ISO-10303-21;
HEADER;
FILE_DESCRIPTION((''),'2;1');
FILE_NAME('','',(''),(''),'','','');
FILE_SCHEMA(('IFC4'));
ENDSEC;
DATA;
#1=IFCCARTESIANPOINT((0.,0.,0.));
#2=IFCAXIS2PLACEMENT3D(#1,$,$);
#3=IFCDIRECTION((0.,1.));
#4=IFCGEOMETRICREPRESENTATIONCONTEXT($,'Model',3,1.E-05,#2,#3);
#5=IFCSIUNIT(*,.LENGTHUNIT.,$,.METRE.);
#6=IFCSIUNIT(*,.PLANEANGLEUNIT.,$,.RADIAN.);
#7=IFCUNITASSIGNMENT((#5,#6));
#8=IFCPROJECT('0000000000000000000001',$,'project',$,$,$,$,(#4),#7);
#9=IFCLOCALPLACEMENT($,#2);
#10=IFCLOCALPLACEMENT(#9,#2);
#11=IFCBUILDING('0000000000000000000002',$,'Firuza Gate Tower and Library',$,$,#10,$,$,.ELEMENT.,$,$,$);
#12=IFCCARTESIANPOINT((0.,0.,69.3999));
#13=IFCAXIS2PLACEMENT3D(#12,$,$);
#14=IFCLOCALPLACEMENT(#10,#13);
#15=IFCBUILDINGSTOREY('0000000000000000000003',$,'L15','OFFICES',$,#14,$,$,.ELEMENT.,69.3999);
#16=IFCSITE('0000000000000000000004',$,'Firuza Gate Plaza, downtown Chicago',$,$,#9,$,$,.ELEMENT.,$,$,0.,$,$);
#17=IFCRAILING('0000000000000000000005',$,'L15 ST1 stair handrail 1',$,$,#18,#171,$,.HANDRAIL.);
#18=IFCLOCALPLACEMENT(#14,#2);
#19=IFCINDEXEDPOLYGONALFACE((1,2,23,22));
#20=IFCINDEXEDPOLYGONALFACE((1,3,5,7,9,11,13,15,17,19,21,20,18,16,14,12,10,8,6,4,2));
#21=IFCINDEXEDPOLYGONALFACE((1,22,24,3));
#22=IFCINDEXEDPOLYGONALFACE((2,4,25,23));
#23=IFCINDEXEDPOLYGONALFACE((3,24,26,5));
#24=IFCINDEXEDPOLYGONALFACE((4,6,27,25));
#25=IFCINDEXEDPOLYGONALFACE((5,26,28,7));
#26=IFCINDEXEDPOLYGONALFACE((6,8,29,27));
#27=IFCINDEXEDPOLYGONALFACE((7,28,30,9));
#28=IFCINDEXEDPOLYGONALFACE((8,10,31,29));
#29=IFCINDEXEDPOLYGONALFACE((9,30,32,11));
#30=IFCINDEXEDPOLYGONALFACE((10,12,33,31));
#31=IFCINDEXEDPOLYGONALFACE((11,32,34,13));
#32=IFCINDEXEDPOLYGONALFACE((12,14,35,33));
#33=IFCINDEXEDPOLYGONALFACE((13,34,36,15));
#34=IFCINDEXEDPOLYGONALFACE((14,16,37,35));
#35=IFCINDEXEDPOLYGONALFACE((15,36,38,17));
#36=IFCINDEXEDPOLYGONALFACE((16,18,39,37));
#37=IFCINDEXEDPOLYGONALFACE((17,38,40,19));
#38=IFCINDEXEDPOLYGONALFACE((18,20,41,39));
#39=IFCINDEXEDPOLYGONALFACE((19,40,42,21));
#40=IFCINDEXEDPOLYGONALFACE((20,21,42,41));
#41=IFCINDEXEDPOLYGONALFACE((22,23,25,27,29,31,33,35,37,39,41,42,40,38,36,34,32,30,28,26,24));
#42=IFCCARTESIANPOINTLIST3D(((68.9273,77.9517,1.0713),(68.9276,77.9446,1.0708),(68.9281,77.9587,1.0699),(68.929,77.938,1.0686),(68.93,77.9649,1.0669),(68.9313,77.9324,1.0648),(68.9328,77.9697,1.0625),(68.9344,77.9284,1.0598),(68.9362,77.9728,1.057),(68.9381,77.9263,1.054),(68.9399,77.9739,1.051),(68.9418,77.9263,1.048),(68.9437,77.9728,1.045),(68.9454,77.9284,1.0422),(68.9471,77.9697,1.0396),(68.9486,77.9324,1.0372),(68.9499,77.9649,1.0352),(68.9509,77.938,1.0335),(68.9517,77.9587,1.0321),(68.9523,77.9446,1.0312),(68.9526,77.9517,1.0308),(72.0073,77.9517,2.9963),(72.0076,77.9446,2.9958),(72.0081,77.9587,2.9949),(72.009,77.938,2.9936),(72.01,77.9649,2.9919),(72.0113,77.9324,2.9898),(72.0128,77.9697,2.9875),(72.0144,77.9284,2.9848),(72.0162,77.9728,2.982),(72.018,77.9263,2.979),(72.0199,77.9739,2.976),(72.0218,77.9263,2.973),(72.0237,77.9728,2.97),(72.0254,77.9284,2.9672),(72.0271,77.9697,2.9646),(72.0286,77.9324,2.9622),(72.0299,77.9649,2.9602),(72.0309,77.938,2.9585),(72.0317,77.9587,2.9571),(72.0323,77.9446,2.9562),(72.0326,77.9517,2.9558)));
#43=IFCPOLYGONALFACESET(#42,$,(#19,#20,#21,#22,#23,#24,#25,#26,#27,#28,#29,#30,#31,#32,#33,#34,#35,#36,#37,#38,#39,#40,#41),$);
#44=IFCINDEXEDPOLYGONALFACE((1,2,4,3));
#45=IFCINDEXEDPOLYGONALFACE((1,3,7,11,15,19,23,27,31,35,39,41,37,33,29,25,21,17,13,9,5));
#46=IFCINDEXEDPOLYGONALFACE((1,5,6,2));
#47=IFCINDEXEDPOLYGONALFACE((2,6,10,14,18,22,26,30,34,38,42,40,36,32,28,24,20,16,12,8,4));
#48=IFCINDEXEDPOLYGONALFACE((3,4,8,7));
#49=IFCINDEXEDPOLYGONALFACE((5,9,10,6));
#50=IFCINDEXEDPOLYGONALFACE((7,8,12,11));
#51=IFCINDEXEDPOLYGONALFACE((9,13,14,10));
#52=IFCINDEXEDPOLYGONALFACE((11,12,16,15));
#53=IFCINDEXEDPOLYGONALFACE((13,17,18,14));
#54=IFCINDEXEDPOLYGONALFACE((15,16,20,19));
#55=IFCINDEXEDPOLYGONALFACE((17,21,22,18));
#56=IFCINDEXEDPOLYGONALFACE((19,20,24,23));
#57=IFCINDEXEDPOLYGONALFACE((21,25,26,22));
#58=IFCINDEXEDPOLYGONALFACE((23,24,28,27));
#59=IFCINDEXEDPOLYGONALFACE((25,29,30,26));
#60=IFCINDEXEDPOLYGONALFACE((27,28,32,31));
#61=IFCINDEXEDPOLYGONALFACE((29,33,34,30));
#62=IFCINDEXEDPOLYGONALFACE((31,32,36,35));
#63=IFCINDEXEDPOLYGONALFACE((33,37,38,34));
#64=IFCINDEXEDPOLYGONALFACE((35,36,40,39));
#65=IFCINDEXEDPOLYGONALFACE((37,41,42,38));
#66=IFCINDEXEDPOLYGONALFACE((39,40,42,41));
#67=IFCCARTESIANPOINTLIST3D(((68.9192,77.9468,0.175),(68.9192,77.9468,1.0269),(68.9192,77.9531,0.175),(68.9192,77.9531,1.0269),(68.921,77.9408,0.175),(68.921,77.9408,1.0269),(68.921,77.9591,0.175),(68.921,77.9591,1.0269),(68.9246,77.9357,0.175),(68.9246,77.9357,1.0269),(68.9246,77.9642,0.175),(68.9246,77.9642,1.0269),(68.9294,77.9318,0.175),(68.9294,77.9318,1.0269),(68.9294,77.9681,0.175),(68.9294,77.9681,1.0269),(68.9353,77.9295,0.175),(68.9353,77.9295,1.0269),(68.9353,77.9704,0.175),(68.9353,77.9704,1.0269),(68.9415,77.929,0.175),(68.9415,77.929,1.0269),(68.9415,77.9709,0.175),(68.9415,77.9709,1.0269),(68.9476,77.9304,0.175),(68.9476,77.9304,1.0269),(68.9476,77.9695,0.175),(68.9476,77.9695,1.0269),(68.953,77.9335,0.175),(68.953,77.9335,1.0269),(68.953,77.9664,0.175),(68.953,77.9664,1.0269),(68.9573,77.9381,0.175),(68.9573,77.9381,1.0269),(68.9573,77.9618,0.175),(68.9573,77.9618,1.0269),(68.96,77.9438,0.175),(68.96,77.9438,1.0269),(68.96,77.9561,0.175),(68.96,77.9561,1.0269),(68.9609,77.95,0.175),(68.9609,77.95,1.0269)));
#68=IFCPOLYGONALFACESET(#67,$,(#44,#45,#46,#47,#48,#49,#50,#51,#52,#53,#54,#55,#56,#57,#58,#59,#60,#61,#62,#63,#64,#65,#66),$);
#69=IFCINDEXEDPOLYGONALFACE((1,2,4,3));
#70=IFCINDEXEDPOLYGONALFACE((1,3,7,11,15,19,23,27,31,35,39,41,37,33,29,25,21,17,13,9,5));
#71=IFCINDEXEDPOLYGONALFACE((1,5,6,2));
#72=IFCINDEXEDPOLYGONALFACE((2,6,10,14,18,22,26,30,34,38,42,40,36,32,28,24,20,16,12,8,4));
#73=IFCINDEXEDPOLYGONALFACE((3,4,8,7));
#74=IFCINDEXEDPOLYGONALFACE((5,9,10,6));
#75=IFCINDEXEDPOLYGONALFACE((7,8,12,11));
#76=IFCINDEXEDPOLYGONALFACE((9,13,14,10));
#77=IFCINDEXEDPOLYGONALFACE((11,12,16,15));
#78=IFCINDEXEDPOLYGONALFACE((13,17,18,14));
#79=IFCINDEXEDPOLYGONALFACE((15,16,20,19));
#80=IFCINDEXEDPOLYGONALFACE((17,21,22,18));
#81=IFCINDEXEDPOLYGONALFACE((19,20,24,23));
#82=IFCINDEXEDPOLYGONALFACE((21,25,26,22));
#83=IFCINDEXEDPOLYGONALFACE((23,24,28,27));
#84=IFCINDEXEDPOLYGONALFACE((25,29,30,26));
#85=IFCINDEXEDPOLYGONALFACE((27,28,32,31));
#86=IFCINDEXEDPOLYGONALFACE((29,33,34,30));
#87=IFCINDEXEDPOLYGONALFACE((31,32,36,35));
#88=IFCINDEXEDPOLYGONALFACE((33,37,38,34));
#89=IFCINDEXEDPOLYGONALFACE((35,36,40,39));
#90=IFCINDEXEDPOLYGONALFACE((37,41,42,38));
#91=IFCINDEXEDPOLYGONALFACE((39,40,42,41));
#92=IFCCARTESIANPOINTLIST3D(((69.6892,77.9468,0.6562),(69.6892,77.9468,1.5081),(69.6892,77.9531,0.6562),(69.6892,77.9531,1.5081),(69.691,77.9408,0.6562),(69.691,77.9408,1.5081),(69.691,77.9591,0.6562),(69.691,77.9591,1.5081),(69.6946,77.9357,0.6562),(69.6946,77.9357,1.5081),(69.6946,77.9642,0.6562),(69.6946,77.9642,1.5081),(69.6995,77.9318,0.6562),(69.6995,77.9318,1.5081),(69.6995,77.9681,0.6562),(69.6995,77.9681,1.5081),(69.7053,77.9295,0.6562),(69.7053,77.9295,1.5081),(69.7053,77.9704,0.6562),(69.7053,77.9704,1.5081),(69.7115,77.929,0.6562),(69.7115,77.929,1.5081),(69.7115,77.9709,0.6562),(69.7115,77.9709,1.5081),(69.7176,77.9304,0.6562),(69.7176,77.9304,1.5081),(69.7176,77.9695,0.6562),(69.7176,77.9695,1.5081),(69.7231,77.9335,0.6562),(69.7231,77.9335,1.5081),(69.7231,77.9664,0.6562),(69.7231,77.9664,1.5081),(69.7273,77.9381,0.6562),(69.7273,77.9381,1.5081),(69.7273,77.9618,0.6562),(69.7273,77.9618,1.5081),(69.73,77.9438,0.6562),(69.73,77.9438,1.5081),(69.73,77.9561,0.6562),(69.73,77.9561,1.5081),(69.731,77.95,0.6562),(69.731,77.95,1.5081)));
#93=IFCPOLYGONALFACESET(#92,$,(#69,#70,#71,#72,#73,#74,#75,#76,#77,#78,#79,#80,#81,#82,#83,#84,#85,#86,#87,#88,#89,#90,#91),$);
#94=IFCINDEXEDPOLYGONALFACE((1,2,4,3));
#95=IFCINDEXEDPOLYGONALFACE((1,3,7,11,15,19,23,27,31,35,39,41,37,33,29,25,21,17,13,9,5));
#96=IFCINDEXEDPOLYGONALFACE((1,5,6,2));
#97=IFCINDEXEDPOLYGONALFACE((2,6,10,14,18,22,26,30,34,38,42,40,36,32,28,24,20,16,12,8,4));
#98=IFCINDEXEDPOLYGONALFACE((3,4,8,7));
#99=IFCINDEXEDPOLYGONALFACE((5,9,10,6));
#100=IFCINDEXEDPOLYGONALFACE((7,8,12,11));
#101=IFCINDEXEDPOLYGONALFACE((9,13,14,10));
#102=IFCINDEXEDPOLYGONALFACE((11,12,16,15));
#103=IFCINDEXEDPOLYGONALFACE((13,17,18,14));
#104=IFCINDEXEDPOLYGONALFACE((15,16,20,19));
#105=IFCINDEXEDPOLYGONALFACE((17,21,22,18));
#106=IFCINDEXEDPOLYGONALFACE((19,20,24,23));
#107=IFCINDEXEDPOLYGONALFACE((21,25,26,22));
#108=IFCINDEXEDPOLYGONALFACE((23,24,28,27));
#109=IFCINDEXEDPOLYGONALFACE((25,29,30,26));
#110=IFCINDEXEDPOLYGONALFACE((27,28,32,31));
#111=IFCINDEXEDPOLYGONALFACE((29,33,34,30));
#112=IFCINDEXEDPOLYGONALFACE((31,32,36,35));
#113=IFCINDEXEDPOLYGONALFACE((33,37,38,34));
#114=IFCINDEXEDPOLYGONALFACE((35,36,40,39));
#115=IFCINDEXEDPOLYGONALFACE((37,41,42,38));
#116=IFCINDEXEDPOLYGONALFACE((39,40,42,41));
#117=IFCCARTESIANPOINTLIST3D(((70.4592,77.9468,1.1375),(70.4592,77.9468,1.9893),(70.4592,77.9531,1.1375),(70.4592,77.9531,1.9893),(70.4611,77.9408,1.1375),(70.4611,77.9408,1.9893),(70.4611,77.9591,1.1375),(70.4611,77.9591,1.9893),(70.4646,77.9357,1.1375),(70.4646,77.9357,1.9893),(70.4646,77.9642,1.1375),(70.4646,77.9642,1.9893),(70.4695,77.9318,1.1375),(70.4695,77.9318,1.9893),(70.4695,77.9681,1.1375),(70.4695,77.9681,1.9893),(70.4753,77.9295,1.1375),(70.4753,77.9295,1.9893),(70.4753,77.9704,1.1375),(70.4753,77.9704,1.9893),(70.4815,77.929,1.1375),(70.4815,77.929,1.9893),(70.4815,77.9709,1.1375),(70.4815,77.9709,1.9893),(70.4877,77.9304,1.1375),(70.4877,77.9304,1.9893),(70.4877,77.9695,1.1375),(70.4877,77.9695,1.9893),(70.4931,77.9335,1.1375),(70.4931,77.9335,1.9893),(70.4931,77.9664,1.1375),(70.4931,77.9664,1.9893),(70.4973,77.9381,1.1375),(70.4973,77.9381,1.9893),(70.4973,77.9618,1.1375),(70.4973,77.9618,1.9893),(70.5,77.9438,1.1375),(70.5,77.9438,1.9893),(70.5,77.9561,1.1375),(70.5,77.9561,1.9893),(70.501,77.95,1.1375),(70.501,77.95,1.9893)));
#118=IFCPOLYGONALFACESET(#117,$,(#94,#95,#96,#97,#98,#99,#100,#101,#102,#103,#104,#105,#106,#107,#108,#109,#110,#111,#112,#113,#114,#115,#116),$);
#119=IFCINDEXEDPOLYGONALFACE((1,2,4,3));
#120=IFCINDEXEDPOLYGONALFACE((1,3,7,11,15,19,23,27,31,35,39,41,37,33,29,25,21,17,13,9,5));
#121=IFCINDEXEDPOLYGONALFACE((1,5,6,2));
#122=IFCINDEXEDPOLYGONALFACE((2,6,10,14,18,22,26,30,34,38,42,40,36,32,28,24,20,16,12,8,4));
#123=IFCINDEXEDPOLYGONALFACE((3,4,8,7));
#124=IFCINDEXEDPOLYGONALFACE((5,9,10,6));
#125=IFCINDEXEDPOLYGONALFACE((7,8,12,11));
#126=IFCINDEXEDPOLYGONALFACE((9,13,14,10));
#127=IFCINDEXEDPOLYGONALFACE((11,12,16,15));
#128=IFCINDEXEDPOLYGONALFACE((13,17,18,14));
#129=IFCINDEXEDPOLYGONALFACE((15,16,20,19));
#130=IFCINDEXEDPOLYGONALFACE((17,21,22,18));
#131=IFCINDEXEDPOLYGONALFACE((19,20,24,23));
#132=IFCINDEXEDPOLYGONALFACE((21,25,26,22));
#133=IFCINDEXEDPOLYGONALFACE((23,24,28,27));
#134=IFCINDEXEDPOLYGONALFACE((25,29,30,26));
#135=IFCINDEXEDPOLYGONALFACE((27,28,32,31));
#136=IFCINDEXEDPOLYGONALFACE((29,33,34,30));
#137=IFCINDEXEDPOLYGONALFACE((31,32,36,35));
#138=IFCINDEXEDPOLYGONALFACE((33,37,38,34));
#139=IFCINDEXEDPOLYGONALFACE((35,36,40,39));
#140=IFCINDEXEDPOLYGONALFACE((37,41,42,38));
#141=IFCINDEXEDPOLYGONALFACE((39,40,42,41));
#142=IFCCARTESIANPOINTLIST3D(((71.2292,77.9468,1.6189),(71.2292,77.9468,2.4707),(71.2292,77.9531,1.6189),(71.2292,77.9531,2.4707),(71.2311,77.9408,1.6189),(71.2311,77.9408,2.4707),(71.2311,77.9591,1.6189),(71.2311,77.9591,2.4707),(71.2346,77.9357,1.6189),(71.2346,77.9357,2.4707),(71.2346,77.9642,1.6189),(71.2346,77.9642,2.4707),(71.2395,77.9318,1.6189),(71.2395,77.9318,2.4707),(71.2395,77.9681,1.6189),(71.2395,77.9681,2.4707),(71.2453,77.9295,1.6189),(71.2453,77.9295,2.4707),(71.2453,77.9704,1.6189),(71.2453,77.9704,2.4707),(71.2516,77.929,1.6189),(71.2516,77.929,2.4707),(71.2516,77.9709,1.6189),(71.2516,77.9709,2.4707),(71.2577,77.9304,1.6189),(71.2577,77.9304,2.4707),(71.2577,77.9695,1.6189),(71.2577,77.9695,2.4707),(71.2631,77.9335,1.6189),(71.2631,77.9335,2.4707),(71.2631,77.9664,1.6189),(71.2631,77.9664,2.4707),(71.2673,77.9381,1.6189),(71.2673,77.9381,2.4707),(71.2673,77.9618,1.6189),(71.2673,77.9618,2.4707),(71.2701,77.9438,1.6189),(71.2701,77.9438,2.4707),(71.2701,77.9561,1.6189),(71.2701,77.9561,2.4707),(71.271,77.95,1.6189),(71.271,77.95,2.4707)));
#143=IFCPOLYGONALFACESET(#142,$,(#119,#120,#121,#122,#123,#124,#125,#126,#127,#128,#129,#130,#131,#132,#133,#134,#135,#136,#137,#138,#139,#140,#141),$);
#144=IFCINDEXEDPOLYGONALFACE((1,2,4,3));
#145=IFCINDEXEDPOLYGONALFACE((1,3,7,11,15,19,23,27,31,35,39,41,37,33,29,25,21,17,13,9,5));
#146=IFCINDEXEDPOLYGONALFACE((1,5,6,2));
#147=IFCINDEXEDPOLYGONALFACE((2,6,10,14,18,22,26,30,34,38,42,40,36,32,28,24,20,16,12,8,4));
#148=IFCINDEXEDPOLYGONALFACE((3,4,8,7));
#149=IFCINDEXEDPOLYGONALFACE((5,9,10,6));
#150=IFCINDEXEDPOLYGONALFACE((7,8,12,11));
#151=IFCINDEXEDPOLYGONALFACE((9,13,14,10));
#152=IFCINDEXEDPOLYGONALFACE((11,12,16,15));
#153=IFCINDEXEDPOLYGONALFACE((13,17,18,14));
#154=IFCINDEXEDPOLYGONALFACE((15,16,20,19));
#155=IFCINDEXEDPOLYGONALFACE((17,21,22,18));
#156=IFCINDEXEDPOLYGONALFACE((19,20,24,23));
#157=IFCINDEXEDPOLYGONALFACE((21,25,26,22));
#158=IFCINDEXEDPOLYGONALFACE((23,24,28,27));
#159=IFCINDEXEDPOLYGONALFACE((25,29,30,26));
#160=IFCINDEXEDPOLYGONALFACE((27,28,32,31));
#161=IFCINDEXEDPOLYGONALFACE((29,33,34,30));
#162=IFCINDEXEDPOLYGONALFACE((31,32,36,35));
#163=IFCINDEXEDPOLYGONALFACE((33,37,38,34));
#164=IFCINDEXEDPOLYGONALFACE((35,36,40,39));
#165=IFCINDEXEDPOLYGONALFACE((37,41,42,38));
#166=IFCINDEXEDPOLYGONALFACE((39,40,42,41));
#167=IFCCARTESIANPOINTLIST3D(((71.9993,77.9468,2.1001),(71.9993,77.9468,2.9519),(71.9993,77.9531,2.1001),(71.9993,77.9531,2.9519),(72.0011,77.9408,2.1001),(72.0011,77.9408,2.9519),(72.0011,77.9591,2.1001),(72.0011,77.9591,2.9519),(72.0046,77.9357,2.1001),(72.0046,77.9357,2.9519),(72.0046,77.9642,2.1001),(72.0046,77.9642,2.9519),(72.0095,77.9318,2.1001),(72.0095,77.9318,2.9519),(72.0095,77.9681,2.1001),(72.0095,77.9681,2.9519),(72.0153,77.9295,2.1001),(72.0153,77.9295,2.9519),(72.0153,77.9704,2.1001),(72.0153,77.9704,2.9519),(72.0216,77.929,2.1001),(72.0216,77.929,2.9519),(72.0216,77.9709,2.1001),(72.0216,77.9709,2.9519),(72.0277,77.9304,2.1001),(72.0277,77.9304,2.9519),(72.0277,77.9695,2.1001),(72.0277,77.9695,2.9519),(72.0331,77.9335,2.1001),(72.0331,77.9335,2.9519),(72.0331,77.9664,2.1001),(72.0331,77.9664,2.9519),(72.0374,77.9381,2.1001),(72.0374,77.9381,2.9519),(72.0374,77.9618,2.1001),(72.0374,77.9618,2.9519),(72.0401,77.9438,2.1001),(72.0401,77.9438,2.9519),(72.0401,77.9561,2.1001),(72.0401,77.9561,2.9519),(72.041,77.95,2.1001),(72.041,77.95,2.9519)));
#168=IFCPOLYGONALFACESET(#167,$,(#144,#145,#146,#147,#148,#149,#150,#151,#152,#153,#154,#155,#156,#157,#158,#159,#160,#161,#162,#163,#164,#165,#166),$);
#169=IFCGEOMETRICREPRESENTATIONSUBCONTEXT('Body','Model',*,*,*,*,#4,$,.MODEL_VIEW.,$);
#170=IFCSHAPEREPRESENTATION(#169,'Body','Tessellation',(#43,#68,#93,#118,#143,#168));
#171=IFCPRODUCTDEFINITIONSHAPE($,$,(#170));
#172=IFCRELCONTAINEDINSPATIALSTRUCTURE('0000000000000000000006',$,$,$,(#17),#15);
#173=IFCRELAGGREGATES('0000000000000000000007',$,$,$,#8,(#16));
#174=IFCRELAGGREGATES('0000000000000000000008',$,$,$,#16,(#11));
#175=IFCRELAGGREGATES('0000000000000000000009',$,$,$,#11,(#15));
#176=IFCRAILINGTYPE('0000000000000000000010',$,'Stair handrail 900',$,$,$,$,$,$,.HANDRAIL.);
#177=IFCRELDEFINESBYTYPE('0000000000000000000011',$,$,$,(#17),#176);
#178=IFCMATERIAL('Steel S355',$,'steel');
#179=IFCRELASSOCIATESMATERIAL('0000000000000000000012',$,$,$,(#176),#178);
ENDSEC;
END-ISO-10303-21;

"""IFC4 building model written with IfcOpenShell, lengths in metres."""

from ifc_helpers import new_model, si_unit, direction, frame, origin, origin_2d, place, context, subcontext, project, spatial, circle, extrude, material, type_object, element, save


model = new_model("IFC4")

# Units and contexts
model_context = context("Model", 3, precision=1e-05, world=origin(), true_north=direction((0.0, 1.0)))
body_context = subcontext(model_context, "Body", "Model", "MODEL_VIEW")
ifc_project = project(units=[si_unit("LENGTHUNIT", "METRE"), si_unit("PLANEANGLEUNIT", "RADIAN")], contexts=[model_context])

# Site, building, storey
site_placement = place(None, origin())
site = spatial("IfcSite", under=ifc_project, at=site_placement, Name="Firuza Gate Plaza, downtown Chicago", CompositionType="ELEMENT", RefElevation=0.0)
building_placement = place(site_placement, origin())
building = spatial("IfcBuilding", under=site, at=building_placement, Name="Firuza Gate Tower and Library", CompositionType="ELEMENT")
storey_placement = place(building_placement, frame((0.0, 0.0, 69.3999)))
storey = spatial("IfcBuildingStorey", under=building, at=storey_placement, Name="L15", Description="OFFICES", CompositionType="ELEMENT", Elevation=69.3999)

# Railing
ifc_material_1 = material(Name="Steel S355", Category="steel")
railing_type_1 = type_object("IfcRailingType", Name="Stair handrail 900", PredefinedType="HANDRAIL", material=ifc_material_1)
railing_1_placement = place(storey_placement, frame((68.9399, 77.95, 0.175)))
element("IfcRailing", 1, at=railing_1_placement, inside=storey, type_object=railing_type_1, Name="L15 ST1 stair handrail 1", PredefinedType="HANDRAIL", context=body_context, shape_type="SweptSolid", body=[
    extrude(circle(Radius=0.0239, at=origin_2d()), frame((0.0, 0.0, 0.876), z_axis=(0.847998, 0.0, 0.529999), x_axis=(0.0, 1.0, 0.0)), (0.0, 0.0, 1.0), 3.6321),
    extrude(circle(Radius=0.021, at=origin_2d()), origin(), (0.0, 0.0, 1.0), 0.8518),
    extrude(circle(Radius=0.021, at=origin_2d()), frame((0.77, 0.0, 0.4812)), (0.0, 0.0, 1.0), 0.8518),
    extrude(circle(Radius=0.021, at=origin_2d()), frame((1.54, 0.0, 0.9624)), (0.0, 0.0, 1.0), 0.8518),
    extrude(circle(Radius=0.021, at=origin_2d()), frame((2.3101, 0.0, 1.4438)), (0.0, 0.0, 1.0), 0.8518),
    extrude(circle(Radius=0.021, at=origin_2d()), frame((3.0801, 0.0, 1.925)), (0.0, 0.0, 1.0), 0.8518),
])

save(model, "model.ifc")
